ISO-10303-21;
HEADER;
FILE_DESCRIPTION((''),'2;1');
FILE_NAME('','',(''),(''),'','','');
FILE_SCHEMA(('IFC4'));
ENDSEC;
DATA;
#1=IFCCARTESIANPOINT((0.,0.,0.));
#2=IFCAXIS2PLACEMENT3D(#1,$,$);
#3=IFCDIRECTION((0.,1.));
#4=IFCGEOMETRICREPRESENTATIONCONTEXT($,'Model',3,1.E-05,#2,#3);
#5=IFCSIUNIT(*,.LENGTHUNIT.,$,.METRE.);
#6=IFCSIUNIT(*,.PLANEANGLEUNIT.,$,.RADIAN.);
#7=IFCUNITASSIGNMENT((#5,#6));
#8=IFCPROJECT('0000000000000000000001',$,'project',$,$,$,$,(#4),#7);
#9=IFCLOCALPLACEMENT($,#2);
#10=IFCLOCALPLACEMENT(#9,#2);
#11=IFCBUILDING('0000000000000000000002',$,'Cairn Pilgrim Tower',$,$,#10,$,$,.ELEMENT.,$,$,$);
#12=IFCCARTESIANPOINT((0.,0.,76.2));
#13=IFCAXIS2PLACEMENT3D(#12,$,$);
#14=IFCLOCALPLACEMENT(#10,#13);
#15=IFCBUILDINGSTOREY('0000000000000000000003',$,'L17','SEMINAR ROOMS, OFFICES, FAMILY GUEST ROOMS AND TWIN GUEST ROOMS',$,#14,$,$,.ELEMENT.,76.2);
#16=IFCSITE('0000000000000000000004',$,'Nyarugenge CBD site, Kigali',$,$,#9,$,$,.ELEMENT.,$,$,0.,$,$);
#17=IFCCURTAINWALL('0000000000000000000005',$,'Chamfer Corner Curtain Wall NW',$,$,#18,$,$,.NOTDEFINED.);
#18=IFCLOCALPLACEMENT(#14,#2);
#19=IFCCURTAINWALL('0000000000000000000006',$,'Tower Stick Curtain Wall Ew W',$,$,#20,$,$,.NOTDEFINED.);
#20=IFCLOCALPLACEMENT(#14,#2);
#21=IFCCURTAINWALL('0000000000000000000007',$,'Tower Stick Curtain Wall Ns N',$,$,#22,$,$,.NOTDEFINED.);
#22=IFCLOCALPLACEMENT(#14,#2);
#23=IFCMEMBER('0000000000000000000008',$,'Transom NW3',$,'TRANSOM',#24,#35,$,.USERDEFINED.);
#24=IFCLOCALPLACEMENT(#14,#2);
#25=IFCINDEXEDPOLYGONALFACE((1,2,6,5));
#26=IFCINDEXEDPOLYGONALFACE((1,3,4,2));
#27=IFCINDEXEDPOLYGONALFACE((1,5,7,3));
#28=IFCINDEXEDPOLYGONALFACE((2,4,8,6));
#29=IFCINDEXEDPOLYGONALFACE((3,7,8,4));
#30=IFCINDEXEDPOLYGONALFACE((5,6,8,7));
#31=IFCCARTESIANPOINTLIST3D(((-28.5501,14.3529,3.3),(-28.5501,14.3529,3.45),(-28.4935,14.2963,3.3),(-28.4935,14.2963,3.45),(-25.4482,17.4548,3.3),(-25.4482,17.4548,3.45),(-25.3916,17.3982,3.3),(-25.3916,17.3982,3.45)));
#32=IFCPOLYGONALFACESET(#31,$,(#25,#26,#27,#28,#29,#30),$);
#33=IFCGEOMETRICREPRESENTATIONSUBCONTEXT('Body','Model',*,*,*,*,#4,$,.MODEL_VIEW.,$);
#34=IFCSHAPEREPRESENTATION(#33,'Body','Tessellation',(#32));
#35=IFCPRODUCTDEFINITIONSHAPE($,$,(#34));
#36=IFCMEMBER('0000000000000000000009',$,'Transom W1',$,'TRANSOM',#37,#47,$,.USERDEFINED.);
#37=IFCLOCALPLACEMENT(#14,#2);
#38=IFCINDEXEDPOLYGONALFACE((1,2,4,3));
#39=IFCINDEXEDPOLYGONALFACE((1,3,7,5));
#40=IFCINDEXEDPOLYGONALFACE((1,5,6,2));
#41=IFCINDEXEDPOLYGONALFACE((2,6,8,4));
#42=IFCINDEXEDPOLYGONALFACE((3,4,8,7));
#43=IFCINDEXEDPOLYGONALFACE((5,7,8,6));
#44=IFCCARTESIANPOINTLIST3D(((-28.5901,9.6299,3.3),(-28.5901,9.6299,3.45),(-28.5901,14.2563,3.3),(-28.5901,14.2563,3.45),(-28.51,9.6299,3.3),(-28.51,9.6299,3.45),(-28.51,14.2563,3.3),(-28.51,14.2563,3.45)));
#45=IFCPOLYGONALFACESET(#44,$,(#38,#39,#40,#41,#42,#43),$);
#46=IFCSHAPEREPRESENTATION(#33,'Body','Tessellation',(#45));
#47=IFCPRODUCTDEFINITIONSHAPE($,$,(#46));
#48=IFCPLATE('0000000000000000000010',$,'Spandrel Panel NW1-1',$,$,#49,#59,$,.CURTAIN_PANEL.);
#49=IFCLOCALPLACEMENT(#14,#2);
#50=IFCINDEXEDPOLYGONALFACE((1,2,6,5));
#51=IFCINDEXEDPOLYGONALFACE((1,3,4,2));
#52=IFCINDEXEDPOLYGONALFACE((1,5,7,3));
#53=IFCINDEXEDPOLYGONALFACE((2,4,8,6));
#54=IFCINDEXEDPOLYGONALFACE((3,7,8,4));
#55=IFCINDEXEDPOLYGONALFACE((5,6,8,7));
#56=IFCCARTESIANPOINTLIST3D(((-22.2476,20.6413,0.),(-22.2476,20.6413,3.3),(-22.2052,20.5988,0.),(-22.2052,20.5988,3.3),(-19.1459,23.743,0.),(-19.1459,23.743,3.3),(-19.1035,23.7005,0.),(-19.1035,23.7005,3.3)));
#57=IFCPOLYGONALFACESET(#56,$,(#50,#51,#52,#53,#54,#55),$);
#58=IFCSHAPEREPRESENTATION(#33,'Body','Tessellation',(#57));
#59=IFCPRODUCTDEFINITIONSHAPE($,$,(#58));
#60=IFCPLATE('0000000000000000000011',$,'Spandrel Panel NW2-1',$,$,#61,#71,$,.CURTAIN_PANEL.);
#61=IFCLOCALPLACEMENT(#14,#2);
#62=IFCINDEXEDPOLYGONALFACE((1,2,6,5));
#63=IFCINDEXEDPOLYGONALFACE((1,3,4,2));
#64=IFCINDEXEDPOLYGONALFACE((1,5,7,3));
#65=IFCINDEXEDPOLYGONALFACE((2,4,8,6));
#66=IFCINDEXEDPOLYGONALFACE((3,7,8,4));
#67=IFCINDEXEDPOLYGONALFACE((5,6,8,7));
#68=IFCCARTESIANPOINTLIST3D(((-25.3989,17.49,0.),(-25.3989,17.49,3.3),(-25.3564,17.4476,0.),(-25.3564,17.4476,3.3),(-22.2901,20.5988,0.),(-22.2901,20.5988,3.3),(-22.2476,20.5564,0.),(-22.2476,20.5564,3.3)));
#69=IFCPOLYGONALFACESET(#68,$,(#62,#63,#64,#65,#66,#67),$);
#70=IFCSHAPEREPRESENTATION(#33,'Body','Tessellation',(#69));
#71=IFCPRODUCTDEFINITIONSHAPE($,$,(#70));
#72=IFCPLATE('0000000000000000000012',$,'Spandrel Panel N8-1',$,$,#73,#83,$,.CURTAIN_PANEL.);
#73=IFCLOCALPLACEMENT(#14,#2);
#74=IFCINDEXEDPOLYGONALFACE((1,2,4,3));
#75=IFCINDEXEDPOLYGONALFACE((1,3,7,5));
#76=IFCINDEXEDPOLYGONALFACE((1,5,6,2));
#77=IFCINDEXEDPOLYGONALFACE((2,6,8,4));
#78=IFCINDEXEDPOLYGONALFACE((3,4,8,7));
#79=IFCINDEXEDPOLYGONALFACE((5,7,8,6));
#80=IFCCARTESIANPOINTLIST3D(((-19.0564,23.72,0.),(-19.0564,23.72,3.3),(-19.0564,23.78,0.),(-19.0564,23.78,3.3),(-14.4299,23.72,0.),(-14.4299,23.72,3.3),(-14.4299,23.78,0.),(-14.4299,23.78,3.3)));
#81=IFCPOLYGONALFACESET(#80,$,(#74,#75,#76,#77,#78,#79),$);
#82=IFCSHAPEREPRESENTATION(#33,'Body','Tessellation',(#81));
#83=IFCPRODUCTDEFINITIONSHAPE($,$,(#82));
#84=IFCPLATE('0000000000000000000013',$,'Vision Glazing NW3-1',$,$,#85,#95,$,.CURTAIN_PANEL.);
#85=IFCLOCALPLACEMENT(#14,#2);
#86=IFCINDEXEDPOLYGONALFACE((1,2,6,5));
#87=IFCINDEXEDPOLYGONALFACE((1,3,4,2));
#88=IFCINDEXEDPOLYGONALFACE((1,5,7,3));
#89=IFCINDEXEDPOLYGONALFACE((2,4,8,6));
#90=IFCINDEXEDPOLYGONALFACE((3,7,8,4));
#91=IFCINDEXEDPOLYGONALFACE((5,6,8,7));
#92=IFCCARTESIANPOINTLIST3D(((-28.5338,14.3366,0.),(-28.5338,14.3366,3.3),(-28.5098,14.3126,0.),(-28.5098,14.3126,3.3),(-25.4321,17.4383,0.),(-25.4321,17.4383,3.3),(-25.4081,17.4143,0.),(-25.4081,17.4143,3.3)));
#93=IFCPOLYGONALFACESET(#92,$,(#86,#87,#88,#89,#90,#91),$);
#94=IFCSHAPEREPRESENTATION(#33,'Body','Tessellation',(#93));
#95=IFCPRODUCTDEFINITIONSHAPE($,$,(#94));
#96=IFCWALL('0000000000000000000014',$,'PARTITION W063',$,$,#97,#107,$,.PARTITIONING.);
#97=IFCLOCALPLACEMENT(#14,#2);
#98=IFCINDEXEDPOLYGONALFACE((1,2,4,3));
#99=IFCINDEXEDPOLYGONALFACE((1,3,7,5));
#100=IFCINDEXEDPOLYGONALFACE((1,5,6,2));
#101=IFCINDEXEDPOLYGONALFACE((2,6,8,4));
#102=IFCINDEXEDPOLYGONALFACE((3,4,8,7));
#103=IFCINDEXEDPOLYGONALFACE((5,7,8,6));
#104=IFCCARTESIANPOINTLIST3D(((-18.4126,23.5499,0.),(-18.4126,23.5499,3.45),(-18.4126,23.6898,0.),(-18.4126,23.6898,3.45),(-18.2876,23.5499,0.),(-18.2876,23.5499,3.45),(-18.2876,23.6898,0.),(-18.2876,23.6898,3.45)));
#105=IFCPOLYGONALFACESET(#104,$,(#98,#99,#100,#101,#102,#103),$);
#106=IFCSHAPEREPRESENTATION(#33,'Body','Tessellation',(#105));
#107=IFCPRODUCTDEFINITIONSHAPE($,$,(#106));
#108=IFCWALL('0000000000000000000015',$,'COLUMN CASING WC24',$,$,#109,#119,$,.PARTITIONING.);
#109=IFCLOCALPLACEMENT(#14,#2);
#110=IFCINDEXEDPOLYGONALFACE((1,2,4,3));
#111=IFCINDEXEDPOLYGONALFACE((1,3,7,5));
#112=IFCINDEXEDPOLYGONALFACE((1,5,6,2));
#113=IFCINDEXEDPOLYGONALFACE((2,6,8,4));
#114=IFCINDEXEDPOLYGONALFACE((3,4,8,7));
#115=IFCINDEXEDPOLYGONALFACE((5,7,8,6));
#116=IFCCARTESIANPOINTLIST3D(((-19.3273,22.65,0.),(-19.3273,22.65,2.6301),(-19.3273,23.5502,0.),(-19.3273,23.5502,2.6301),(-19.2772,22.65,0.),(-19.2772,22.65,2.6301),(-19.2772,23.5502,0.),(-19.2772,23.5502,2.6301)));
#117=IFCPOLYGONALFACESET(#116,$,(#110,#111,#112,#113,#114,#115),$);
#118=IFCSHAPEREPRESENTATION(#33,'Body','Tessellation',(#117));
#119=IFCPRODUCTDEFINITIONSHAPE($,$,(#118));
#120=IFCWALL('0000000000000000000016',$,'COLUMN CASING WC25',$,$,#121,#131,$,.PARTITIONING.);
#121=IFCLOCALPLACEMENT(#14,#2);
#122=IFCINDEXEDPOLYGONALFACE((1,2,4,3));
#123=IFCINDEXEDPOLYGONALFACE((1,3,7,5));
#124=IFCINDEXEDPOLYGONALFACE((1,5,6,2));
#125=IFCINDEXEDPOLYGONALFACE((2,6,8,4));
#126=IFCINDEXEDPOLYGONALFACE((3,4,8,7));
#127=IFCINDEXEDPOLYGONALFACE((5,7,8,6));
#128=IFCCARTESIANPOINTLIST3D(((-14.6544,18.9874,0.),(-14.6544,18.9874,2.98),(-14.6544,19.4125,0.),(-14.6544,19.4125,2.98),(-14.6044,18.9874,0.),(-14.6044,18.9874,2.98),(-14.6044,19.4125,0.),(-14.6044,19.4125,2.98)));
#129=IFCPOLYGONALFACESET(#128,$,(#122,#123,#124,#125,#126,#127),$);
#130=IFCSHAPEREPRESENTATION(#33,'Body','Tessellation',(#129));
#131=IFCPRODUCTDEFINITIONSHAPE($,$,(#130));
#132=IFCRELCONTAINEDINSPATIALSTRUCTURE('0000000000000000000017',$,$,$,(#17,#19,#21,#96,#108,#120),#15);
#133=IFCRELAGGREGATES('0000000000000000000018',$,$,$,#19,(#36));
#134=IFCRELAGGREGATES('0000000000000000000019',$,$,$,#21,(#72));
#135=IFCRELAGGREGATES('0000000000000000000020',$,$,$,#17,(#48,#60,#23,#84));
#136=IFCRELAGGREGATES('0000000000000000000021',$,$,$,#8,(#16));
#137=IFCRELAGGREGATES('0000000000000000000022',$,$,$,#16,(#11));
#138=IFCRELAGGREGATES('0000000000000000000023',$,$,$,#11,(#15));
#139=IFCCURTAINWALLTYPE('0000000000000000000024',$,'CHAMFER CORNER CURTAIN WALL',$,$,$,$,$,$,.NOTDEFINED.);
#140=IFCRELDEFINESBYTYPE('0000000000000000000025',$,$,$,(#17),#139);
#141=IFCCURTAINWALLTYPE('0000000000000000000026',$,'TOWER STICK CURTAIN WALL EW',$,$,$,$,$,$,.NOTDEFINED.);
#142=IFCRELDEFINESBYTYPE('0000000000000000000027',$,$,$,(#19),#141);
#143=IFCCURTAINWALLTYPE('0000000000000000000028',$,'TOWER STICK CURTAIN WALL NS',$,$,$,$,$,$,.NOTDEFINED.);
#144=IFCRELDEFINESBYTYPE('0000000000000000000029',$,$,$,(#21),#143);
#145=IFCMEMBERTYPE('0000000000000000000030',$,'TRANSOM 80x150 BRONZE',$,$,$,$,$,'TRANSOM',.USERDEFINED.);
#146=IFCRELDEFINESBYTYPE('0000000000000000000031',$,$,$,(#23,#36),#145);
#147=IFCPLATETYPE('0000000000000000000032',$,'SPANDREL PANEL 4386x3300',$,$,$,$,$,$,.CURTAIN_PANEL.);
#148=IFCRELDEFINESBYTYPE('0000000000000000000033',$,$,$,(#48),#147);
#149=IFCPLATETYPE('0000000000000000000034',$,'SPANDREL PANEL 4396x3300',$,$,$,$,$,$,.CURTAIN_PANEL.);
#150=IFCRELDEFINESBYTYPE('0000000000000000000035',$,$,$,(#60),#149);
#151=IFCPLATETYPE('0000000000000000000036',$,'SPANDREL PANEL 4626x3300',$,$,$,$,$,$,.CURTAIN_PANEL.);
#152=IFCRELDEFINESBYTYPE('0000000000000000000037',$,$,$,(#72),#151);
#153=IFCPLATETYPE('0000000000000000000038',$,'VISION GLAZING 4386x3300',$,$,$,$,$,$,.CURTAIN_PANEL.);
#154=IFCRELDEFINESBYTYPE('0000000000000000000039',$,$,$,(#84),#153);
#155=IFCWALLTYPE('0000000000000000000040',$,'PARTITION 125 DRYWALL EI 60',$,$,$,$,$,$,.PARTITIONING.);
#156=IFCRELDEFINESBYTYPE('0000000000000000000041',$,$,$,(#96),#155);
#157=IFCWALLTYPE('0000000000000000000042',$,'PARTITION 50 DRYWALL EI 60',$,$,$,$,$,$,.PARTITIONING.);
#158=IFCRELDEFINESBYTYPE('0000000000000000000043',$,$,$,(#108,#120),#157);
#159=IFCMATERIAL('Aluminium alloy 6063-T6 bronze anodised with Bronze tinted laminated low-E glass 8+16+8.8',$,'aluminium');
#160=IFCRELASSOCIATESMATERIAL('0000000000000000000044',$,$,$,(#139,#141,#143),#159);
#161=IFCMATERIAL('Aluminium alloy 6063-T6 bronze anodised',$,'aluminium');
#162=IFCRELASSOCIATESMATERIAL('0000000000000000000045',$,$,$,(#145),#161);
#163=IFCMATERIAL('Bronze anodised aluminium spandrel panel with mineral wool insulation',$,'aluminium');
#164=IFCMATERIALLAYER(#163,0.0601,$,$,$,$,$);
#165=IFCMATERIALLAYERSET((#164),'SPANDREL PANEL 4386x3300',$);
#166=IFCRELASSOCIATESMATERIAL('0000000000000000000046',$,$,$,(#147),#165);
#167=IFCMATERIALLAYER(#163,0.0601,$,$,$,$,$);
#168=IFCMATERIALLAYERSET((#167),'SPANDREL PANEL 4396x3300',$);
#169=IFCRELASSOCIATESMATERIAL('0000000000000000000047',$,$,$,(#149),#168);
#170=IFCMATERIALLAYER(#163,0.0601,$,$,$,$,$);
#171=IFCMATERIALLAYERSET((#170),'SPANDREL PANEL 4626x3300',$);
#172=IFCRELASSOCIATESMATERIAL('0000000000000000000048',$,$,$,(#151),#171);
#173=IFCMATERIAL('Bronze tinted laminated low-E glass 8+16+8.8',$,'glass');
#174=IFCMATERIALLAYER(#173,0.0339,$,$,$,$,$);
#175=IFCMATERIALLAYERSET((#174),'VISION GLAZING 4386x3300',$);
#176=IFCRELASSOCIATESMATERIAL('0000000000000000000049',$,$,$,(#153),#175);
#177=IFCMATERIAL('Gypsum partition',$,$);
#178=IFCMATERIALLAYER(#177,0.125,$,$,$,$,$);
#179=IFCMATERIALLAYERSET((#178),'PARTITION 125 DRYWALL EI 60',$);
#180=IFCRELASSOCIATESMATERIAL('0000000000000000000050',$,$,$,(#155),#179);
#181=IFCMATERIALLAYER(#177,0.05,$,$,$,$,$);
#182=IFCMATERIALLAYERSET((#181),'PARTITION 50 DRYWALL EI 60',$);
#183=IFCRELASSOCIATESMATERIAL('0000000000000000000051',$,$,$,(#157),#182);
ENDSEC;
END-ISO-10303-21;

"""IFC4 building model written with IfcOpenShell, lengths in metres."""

from ifc_helpers import new_model, si_unit, direction, frame, frame_2d, origin, origin_2d, place, context, subcontext, project, spatial, rectangle, extrude, material, layer, layer_set, material_profile, profile_set, type_object, element, aggregate, save


model = new_model("IFC4")

# Units and contexts
model_context = context("Model", 3, precision=1e-05, world=origin(), true_north=direction((0.0, 1.0)))
body_context = subcontext(model_context, "Body", "Model", "MODEL_VIEW")
ifc_project = project(units=[si_unit("LENGTHUNIT", "METRE"), si_unit("PLANEANGLEUNIT", "RADIAN")], contexts=[model_context])

# Site, building, storey
site_placement = place(None, origin())
site = spatial("IfcSite", under=ifc_project, at=site_placement, Name="Nyarugenge CBD site, Kigali", CompositionType="ELEMENT", RefElevation=0.0)
building_placement = place(site_placement, origin())
building = spatial("IfcBuilding", under=site, at=building_placement, Name="Cairn Pilgrim Tower", CompositionType="ELEMENT")
storey_placement = place(building_placement, frame((0.0, 0.0, 76.2)))
storey = spatial("IfcBuildingStorey", under=building, at=storey_placement, Name="L17", Description="SEMINAR ROOMS, OFFICES, FAMILY GUEST ROOMS AND TWIN GUEST ROOMS", CompositionType="ELEMENT", Elevation=76.2)

# Curtain wall
ifc_material_1 = material(Name="Aluminium alloy 6063-T6 bronze anodised with Bronze tinted laminated low-E glass 8+16+8.8", Category="aluminium")
curtain_wall_type_1 = type_object("IfcCurtainWallType", Name="CHAMFER CORNER CURTAIN WALL", PredefinedType="NOTDEFINED", material=ifc_material_1)
curtain_wall_1_placement = place(storey_placement, origin())
curtain_wall_1 = element("IfcCurtainWall", 1, at=curtain_wall_1_placement, inside=storey, type_object=curtain_wall_type_1, Name="Chamfer Corner Curtain Wall NW", PredefinedType="NOTDEFINED")
ifc_material_2 = material(Name="Aluminium alloy 6063-T6 bronze anodised", Category="aluminium")

# Curtain wall
curtain_wall_type_2 = type_object("IfcCurtainWallType", Name="TOWER STICK CURTAIN WALL EW", PredefinedType="NOTDEFINED", material=ifc_material_1)
curtain_wall_2_placement = place(storey_placement, origin())
curtain_wall_2 = element("IfcCurtainWall", 2, at=curtain_wall_2_placement, inside=storey, type_object=curtain_wall_type_2, Name="Tower Stick Curtain Wall Ew W", PredefinedType="NOTDEFINED")

# Curtain wall
curtain_wall_type_3 = type_object("IfcCurtainWallType", Name="TOWER STICK CURTAIN WALL NS", PredefinedType="NOTDEFINED", material=ifc_material_1)
curtain_wall_3_placement = place(storey_placement, origin())
curtain_wall_3 = element("IfcCurtainWall", 3, at=curtain_wall_3_placement, inside=storey, type_object=curtain_wall_type_3, Name="Tower Stick Curtain Wall Ns N", PredefinedType="NOTDEFINED")
ifc_material_profile_1 = material_profile(ifc_material_2, rectangle(XDim=0.0801, YDim=0.1499, at=origin_2d()), Name="TRANSOM 80x150 BRONZE")
ifc_profile_set_1 = profile_set([ifc_material_profile_1], Name="Aluminium alloy 6063-T6 bronze anodised")
member_type_1 = type_object("IfcMemberType", Name="TRANSOM 80x150 BRONZE", ElementType="TRANSOM", PredefinedType="USERDEFINED", material=ifc_profile_set_1)

# Members
member_1_placement = place(storey_placement, frame((-25.4199, 17.4265, 3.375), z_axis=(-0.707107, -0.707107, 0.0), x_axis=(0.707107, -0.707107, 0.0)))
member_1 = element("IfcMember", 4, at=member_1_placement, type_object=member_type_1, Name="Transom NW3", ObjectType="TRANSOM", PredefinedType="USERDEFINED", context=body_context, shape_type="SweptSolid", body=[
    extrude(rectangle(XDim=0.0801, YDim=0.1499, at=origin_2d()), origin(), (0.0, 0.0, 1.0), 4.3867),
])
member_2_placement = place(storey_placement, frame((-28.55, 14.2563, 3.375), z_axis=(0.0, -1.0, 0.0), x_axis=(1.0, 0.0, 0.0)))
member_2 = element("IfcMember", 5, at=member_2_placement, type_object=member_type_1, Name="Transom W1", ObjectType="TRANSOM", PredefinedType="USERDEFINED", context=body_context, shape_type="SweptSolid", body=[
    extrude(rectangle(XDim=0.0801, YDim=0.1499, at=origin_2d()), origin(), (0.0, 0.0, 1.0), 4.6265),
])
aggregate(curtain_wall_2, [member_2])

# Plates
ifc_material_3 = material(Name="Bronze anodised aluminium spandrel panel with mineral wool insulation", Category="aluminium")
ifc_layer_1 = layer(ifc_material_3, 0.0601)
ifc_layer_set_1 = layer_set([ifc_layer_1], Name="SPANDREL PANEL 4386x3300")
plate_type_1 = type_object("IfcPlateType", Name="SPANDREL PANEL 4386x3300", PredefinedType="CURTAIN_PANEL", material=ifc_layer_set_1)
plate_1_placement = place(storey_placement, frame((-20.6755, 22.1709, 0.0), z_axis=(0.0, 0.0, 1.0), x_axis=(-0.707107, -0.707107, 0.0)))
plate_1 = element("IfcPlate", 6, at=plate_1_placement, type_object=plate_type_1, Name="Spandrel Panel NW1-1", PredefinedType="CURTAIN_PANEL", context=body_context, shape_type="SweptSolid", body=[
    extrude(rectangle(XDim=4.3865, YDim=0.0601, at=origin_2d()), origin(), (0.0, 0.0, 1.0), 3.3),
])
ifc_layer_2 = layer(ifc_material_3, 0.0601)
ifc_layer_set_2 = layer_set([ifc_layer_2], Name="SPANDREL PANEL 4396x3300")
plate_type_2 = type_object("IfcPlateType", Name="SPANDREL PANEL 4396x3300", PredefinedType="CURTAIN_PANEL", material=ifc_layer_set_2)
plate_2_placement = place(storey_placement, frame((-23.8232, 19.0232, 0.0), z_axis=(0.0, 0.0, 1.0), x_axis=(-0.707107, -0.707107, 0.0)))
plate_2 = element("IfcPlate", 7, at=plate_2_placement, type_object=plate_type_2, Name="Spandrel Panel NW2-1", PredefinedType="CURTAIN_PANEL", context=body_context, shape_type="SweptSolid", body=[
    extrude(rectangle(XDim=4.3965, YDim=0.0601, at=origin_2d()), origin(), (0.0, 0.0, 1.0), 3.3),
])
ifc_layer_3 = layer(ifc_material_3, 0.0601)
ifc_layer_set_3 = layer_set([ifc_layer_3], Name="SPANDREL PANEL 4626x3300")
plate_type_3 = type_object("IfcPlateType", Name="SPANDREL PANEL 4626x3300", PredefinedType="CURTAIN_PANEL", material=ifc_layer_set_3)
plate_3_placement = place(storey_placement, frame((-16.7432, 23.75, 0.0), z_axis=(0.0, 0.0, 1.0), x_axis=(-1.0, 0.0, 0.0)))
plate_3 = element("IfcPlate", 8, at=plate_3_placement, type_object=plate_type_3, Name="Spandrel Panel N8-1", PredefinedType="CURTAIN_PANEL", context=body_context, shape_type="SweptSolid", body=[
    extrude(rectangle(XDim=4.6265, YDim=0.0601, at=origin_2d()), origin(), (0.0, 0.0, 1.0), 3.3),
])
aggregate(curtain_wall_3, [plate_3])
ifc_material_4 = material(Name="Bronze tinted laminated low-E glass 8+16+8.8", Category="glass")
ifc_layer_4 = layer(ifc_material_4, 0.0339)
ifc_layer_set_4 = layer_set([ifc_layer_4], Name="VISION GLAZING 4386x3300")
plate_type_4 = type_object("IfcPlateType", Name="VISION GLAZING 4386x3300", PredefinedType="CURTAIN_PANEL", material=ifc_layer_set_4)
plate_4_placement = place(storey_placement, frame((-26.9709, 15.8755, 0.0), z_axis=(0.0, 0.0, 1.0), x_axis=(-0.707107, -0.707107, 0.0)))
plate_4 = element("IfcPlate", 9, at=plate_4_placement, type_object=plate_type_4, Name="Vision Glazing NW3-1", PredefinedType="CURTAIN_PANEL", context=body_context, shape_type="SweptSolid", body=[
    extrude(rectangle(XDim=4.3865, YDim=0.0339, at=origin_2d()), origin(), (0.0, 0.0, 1.0), 3.3),
])
aggregate(curtain_wall_1, [plate_1, plate_2, member_1, plate_4])

# Walls
ifc_material_5 = material(Name="Gypsum partition")
ifc_layer_5 = layer(ifc_material_5, 0.125)
ifc_layer_set_5 = layer_set([ifc_layer_5], Name="PARTITION 125 DRYWALL EI 60")
wall_type_1 = type_object("IfcWallType", Name="PARTITION 125 DRYWALL EI 60", PredefinedType="PARTITIONING", material=ifc_layer_set_5)
wall_1_placement = place(storey_placement, frame((-18.3501, 23.55, 0.0), z_axis=(0.0, 0.0, 1.0), x_axis=(0.0, 1.0, 0.0)))
element("IfcWall", 10, at=wall_1_placement, inside=storey, type_object=wall_type_1, Name="PARTITION W063", PredefinedType="PARTITIONING", context=body_context, shape_type="SweptSolid", body=[
    extrude(rectangle(XDim=0.1399, YDim=0.125, at=frame_2d((0.0698, 0.0))), origin(), (0.0, 0.0, 1.0), 3.45),
])
ifc_layer_6 = layer(ifc_material_5, 0.05)
ifc_layer_set_6 = layer_set([ifc_layer_6], Name="PARTITION 50 DRYWALL EI 60")
wall_type_2 = type_object("IfcWallType", Name="PARTITION 50 DRYWALL EI 60", PredefinedType="PARTITIONING", material=ifc_layer_set_6)
wall_2_placement = place(storey_placement, frame((-19.3022, 22.6499, 0.0), z_axis=(0.0, 0.0, 1.0), x_axis=(0.0, 1.0, 0.0)))
element("IfcWall", 11, at=wall_2_placement, inside=storey, type_object=wall_type_2, Name="COLUMN CASING WC24", PredefinedType="PARTITIONING", context=body_context, shape_type="SweptSolid", body=[
    extrude(rectangle(XDim=0.9001, YDim=0.05, at=frame_2d((0.4502, 0.0))), origin(), (0.0, 0.0, 1.0), 2.6301),
])
wall_3_placement = place(storey_placement, frame((-14.6294, 18.9875, 0.0), z_axis=(0.0, 0.0, 1.0), x_axis=(0.0, 1.0, 0.0)))
element("IfcWall", 12, at=wall_3_placement, inside=storey, type_object=wall_type_2, Name="COLUMN CASING WC25", PredefinedType="PARTITIONING", context=body_context, shape_type="SweptSolid", body=[
    extrude(rectangle(XDim=0.425, YDim=0.05, at=frame_2d((0.2124, 0.0))), origin(), (0.0, 0.0, 1.0), 2.98),
])

save(model, "model.ifc")
